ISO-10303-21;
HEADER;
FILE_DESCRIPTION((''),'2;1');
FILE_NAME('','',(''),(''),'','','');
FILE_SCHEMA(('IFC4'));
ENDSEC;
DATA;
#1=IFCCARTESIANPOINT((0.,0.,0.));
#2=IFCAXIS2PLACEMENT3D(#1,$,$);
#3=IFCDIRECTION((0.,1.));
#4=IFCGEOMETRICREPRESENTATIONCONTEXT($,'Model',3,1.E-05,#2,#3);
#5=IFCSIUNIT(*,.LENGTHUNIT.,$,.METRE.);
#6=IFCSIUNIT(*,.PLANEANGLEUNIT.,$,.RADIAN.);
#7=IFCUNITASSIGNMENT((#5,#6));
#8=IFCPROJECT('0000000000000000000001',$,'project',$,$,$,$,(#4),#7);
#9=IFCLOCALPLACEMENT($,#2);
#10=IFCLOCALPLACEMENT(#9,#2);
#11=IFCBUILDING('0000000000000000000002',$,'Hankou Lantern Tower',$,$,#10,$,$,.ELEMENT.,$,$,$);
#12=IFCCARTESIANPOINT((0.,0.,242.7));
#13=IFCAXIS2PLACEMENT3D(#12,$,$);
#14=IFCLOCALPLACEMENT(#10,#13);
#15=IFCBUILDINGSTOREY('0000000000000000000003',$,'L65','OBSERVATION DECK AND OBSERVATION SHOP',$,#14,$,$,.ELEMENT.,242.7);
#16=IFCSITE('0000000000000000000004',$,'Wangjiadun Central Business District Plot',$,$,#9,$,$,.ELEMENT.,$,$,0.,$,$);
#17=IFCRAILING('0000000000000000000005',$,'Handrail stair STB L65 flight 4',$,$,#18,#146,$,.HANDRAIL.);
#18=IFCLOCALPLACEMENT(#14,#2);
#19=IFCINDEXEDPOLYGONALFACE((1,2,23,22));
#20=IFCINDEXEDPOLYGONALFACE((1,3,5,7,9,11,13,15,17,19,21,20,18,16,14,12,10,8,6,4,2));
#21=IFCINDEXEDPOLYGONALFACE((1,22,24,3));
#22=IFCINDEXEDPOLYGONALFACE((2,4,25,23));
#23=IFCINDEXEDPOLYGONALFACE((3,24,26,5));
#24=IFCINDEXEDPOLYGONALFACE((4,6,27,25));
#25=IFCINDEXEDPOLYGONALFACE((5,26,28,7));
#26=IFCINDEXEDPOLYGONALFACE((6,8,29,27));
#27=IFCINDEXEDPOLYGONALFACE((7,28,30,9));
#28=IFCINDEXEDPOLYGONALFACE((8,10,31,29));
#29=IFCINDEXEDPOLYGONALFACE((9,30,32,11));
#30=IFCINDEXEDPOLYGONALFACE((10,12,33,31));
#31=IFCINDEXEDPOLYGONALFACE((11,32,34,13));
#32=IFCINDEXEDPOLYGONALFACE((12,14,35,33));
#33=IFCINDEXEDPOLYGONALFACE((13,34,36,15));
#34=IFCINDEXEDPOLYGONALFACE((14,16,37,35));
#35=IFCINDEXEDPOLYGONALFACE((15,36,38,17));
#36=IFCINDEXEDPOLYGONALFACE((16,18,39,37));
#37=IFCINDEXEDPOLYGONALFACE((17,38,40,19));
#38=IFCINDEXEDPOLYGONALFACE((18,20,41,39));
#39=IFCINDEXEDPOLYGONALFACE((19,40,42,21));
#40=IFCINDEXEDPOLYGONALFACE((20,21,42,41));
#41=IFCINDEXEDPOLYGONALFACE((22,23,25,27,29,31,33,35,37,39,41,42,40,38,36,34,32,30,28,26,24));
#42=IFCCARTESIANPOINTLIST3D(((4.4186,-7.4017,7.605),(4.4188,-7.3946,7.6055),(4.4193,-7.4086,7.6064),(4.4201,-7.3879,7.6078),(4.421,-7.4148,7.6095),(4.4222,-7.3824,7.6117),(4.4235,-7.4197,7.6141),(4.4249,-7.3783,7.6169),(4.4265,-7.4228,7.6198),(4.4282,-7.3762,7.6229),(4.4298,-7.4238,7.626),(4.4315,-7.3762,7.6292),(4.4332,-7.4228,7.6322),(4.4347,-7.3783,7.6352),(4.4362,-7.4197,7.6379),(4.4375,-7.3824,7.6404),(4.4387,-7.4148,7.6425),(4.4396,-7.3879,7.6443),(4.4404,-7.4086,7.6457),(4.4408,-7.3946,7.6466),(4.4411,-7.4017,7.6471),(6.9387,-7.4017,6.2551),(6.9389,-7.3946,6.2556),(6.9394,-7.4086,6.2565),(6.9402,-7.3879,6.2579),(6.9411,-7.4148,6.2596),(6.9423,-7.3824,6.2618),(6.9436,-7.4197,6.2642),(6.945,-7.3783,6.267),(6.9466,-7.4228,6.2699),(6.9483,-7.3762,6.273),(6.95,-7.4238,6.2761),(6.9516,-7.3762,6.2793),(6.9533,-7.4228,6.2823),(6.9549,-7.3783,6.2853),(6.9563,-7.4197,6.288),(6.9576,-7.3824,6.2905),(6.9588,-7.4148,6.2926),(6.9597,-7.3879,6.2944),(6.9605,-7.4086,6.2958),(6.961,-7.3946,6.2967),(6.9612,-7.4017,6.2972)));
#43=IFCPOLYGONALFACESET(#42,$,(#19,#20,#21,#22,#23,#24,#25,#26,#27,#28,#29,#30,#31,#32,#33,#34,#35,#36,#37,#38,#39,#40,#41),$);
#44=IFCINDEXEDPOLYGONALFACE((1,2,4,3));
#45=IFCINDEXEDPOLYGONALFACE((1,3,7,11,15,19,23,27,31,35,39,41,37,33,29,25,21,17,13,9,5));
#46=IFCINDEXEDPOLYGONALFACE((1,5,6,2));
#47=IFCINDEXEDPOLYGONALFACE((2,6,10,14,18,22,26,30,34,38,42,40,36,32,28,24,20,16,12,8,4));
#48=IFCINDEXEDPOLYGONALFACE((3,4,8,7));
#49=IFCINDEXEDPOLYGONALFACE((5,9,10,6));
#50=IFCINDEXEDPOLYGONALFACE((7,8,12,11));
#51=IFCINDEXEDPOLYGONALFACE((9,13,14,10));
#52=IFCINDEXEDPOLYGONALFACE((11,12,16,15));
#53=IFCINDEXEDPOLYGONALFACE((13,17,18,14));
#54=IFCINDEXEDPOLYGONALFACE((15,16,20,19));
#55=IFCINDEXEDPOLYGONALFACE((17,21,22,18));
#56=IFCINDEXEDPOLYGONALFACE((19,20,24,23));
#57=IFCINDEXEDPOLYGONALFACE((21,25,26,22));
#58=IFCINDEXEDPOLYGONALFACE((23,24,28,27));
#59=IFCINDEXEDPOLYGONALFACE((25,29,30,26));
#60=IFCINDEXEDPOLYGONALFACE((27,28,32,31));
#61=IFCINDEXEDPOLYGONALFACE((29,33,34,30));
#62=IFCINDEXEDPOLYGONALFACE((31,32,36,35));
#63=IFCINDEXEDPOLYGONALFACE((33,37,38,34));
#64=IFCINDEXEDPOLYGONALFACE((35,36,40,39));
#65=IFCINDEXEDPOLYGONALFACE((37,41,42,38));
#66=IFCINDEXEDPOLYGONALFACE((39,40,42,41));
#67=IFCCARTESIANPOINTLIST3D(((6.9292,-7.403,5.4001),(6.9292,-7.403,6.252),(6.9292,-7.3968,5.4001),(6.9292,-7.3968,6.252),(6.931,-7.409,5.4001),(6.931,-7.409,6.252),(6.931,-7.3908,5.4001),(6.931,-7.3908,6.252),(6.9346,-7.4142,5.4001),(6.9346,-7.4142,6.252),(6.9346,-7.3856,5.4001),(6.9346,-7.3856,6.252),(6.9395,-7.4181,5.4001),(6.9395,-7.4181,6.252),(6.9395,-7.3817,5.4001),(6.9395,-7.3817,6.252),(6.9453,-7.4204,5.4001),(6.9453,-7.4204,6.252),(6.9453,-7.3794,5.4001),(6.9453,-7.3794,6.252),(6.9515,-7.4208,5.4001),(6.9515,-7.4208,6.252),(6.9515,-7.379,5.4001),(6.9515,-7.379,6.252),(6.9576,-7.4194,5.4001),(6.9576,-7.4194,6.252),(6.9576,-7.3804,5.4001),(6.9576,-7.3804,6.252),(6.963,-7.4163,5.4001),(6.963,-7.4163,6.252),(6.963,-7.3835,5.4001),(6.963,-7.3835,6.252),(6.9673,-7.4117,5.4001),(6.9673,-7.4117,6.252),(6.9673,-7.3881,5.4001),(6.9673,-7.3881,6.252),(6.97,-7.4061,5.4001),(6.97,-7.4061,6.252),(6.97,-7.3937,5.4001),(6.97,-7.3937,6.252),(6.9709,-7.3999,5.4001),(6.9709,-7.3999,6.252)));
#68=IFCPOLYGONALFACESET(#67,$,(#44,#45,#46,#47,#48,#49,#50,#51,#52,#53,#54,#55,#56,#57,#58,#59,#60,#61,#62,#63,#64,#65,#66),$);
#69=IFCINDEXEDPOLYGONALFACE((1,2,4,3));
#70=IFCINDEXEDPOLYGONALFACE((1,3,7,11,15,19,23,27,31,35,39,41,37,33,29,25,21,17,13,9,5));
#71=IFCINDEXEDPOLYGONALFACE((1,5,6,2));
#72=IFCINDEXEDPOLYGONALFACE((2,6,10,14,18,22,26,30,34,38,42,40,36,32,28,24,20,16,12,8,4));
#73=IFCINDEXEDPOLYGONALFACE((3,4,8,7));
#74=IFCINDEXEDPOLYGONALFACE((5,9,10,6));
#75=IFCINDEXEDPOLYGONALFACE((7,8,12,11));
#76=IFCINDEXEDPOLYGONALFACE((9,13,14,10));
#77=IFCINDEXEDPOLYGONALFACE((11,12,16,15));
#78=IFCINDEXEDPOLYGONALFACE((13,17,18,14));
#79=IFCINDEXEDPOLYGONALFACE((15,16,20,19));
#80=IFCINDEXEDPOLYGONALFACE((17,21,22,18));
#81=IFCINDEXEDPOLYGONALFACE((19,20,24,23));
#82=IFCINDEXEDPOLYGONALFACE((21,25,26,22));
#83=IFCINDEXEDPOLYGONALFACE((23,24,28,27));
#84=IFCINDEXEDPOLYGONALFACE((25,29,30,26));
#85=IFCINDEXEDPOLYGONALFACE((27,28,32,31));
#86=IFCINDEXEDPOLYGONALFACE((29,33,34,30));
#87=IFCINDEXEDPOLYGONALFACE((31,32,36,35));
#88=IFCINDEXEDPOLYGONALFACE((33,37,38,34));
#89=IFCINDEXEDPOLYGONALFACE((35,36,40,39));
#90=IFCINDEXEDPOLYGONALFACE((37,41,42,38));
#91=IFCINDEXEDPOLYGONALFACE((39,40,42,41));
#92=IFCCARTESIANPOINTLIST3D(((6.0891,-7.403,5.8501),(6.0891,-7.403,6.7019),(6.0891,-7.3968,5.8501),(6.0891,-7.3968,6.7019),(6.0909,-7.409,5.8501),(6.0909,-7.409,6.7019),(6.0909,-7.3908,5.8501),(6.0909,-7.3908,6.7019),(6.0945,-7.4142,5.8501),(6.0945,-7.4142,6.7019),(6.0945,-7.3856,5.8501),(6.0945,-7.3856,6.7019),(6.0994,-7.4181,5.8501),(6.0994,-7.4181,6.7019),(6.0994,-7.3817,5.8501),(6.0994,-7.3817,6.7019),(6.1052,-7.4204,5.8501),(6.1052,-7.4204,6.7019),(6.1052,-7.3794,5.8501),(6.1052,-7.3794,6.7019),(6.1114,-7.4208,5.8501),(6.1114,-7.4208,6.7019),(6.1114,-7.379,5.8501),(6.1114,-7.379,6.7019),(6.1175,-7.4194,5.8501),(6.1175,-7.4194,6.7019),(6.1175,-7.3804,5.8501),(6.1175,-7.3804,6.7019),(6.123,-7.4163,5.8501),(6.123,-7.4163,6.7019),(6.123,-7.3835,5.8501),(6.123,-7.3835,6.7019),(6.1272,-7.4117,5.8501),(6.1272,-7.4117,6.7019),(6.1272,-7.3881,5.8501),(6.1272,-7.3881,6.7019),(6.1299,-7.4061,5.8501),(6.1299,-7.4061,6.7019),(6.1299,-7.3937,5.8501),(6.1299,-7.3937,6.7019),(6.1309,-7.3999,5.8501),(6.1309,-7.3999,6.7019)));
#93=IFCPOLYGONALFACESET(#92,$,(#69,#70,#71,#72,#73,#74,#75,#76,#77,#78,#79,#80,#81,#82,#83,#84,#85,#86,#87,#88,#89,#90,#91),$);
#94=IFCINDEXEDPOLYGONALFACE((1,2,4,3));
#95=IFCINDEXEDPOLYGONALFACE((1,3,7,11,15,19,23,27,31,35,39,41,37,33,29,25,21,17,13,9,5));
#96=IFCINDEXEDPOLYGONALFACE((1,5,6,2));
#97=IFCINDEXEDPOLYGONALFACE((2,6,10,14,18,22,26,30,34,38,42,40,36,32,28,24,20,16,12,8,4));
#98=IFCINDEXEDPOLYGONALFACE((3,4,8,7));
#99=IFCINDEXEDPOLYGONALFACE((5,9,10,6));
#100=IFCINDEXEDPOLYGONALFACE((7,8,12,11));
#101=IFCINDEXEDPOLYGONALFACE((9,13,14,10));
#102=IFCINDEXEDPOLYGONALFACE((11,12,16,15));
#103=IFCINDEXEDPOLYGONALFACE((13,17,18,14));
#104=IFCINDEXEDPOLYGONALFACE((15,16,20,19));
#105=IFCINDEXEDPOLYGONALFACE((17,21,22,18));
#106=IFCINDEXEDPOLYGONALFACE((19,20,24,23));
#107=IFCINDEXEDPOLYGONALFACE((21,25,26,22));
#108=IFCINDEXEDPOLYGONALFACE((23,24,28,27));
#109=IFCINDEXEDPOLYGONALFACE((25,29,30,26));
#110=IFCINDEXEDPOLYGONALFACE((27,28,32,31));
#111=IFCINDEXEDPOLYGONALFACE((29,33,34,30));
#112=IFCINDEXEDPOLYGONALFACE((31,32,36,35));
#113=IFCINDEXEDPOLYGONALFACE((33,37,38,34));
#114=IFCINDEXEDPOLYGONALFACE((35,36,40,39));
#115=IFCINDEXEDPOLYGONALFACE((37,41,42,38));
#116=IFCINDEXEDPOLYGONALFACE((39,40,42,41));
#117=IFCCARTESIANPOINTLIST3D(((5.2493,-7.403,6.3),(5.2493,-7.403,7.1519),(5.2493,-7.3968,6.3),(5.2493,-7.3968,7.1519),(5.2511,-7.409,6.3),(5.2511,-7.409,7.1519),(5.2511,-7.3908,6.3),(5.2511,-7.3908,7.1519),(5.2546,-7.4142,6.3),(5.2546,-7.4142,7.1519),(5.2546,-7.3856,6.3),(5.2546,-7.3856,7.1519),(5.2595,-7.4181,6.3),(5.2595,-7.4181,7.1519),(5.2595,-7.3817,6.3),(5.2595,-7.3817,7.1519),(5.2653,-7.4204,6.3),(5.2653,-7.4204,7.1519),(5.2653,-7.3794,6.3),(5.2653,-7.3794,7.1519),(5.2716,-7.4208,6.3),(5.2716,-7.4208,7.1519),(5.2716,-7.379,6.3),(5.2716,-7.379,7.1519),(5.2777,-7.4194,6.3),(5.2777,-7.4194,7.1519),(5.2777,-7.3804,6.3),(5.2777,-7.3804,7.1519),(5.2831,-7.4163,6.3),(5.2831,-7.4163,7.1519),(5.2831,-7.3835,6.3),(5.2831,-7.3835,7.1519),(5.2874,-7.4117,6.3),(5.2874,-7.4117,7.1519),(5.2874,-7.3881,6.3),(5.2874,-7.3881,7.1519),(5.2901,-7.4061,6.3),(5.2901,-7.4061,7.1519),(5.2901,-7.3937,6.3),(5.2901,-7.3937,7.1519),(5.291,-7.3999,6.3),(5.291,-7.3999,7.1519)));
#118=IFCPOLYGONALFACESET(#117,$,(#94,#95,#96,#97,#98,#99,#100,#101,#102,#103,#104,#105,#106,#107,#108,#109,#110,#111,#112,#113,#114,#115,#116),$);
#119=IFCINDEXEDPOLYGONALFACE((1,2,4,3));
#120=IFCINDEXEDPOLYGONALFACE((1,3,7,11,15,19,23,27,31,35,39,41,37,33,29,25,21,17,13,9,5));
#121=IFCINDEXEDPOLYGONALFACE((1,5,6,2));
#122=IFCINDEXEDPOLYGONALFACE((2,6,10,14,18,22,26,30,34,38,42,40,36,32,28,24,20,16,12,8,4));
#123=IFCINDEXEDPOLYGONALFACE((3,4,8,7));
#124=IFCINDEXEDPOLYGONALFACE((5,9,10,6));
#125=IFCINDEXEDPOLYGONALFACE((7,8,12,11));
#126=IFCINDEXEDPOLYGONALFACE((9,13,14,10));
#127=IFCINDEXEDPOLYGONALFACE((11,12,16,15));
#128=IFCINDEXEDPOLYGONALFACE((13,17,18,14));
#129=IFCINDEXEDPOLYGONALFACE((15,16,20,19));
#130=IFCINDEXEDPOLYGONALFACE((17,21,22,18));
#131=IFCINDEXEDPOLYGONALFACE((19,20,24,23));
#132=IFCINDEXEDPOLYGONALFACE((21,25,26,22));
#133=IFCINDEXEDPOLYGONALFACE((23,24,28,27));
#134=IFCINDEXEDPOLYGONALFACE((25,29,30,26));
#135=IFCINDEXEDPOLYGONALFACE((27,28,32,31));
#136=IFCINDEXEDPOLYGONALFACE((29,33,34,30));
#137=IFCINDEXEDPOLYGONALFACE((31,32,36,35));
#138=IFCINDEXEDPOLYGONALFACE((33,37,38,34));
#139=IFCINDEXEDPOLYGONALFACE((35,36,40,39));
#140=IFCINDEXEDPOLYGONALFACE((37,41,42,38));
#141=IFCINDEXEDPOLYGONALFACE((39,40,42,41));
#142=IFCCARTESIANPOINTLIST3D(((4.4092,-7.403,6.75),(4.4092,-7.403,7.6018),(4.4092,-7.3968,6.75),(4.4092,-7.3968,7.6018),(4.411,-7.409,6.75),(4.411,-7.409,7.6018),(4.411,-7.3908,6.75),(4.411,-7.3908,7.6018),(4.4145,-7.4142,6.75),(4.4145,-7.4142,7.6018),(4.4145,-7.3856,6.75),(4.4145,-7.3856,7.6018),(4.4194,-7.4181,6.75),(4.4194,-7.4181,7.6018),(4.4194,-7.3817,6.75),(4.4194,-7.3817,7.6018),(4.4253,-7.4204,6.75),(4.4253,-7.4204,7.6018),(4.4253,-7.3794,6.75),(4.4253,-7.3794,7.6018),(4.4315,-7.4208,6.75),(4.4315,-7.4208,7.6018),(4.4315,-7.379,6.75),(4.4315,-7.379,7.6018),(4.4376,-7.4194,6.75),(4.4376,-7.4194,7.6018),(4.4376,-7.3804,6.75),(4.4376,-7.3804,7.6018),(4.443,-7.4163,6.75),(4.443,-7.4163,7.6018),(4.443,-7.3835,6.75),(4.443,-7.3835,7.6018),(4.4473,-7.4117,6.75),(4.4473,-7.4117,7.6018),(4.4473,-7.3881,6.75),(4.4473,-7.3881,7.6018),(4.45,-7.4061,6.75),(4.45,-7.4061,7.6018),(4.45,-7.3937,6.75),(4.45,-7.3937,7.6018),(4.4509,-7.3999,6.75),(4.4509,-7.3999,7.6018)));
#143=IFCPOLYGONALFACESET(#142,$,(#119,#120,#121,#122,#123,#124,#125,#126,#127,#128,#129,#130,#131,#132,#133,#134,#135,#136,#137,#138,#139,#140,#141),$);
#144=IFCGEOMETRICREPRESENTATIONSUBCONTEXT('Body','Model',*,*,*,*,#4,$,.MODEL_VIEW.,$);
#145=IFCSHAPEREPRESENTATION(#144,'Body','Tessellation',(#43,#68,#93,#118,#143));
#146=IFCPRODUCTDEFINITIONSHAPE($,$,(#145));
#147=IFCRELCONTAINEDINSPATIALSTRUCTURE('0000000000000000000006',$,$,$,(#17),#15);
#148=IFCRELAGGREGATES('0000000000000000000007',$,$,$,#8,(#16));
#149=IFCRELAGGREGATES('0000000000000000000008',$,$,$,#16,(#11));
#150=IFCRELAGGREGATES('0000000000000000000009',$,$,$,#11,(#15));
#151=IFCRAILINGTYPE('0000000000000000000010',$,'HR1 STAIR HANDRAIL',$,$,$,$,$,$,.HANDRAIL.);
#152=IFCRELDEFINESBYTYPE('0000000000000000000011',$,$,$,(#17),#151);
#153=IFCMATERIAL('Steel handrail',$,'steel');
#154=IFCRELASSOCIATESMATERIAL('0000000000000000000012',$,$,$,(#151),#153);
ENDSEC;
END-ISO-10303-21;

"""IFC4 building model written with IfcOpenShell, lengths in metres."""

from ifc_helpers import new_model, si_unit, direction, frame, origin, origin_2d, place, context, subcontext, project, spatial, circle, extrude, material, type_object, element, save


model = new_model("IFC4")

# Units and contexts
model_context = context("Model", 3, precision=1e-05, world=origin(), true_north=direction((0.0, 1.0)))
body_context = subcontext(model_context, "Body", "Model", "MODEL_VIEW")
ifc_project = project(units=[si_unit("LENGTHUNIT", "METRE"), si_unit("PLANEANGLEUNIT", "RADIAN")], contexts=[model_context])

# Site, building, storey
site_placement = place(None, origin())
site = spatial("IfcSite", under=ifc_project, at=site_placement, Name="Wangjiadun Central Business District Plot", CompositionType="ELEMENT", RefElevation=0.0)
building_placement = place(site_placement, origin())
building = spatial("IfcBuilding", under=site, at=building_placement, Name="Hankou Lantern Tower", CompositionType="ELEMENT")
storey_placement = place(building_placement, frame((0.0, 0.0, 242.7)))
storey = spatial("IfcBuildingStorey", under=building, at=storey_placement, Name="L65", Description="OBSERVATION DECK AND OBSERVATION SHOP", CompositionType="ELEMENT", Elevation=242.7)

# Railing
ifc_material_1 = material(Name="Steel handrail", Category="steel")
railing_type = type_object("IfcRailingType", Name="HR1 STAIR HANDRAIL", PredefinedType="HANDRAIL", material=ifc_material_1)
railing_1_placement = place(storey_placement, frame((6.95, -7.3999, 5.4001)))
element("IfcRailing", 1, at=railing_1_placement, inside=storey, type_object=railing_type, Name="Handrail stair STB L65 flight 4", PredefinedType="HANDRAIL", context=body_context, shape_type="SweptSolid", body=[
    extrude(circle(Radius=0.0239, at=origin_2d()), frame((0.0, 0.0, 0.876), z_axis=(-0.881503, 0.0, 0.472179), x_axis=(0.0, -1.0, 0.0)), (0.0, 0.0, 1.0), 2.8589),
    extrude(circle(Radius=0.021, at=origin_2d()), origin(), (0.0, 0.0, 1.0), 0.8518),
    extrude(circle(Radius=0.021, at=origin_2d()), frame((-0.8401, 0.0, 0.45)), (0.0, 0.0, 1.0), 0.8518),
    extrude(circle(Radius=0.021, at=origin_2d()), frame((-1.6799, 0.0, 0.8999)), (0.0, 0.0, 1.0), 0.8518),
    extrude(circle(Radius=0.021, at=origin_2d()), frame((-2.52, 0.0, 1.3499)), (0.0, 0.0, 1.0), 0.8518),
])

save(model, "model.ifc")
